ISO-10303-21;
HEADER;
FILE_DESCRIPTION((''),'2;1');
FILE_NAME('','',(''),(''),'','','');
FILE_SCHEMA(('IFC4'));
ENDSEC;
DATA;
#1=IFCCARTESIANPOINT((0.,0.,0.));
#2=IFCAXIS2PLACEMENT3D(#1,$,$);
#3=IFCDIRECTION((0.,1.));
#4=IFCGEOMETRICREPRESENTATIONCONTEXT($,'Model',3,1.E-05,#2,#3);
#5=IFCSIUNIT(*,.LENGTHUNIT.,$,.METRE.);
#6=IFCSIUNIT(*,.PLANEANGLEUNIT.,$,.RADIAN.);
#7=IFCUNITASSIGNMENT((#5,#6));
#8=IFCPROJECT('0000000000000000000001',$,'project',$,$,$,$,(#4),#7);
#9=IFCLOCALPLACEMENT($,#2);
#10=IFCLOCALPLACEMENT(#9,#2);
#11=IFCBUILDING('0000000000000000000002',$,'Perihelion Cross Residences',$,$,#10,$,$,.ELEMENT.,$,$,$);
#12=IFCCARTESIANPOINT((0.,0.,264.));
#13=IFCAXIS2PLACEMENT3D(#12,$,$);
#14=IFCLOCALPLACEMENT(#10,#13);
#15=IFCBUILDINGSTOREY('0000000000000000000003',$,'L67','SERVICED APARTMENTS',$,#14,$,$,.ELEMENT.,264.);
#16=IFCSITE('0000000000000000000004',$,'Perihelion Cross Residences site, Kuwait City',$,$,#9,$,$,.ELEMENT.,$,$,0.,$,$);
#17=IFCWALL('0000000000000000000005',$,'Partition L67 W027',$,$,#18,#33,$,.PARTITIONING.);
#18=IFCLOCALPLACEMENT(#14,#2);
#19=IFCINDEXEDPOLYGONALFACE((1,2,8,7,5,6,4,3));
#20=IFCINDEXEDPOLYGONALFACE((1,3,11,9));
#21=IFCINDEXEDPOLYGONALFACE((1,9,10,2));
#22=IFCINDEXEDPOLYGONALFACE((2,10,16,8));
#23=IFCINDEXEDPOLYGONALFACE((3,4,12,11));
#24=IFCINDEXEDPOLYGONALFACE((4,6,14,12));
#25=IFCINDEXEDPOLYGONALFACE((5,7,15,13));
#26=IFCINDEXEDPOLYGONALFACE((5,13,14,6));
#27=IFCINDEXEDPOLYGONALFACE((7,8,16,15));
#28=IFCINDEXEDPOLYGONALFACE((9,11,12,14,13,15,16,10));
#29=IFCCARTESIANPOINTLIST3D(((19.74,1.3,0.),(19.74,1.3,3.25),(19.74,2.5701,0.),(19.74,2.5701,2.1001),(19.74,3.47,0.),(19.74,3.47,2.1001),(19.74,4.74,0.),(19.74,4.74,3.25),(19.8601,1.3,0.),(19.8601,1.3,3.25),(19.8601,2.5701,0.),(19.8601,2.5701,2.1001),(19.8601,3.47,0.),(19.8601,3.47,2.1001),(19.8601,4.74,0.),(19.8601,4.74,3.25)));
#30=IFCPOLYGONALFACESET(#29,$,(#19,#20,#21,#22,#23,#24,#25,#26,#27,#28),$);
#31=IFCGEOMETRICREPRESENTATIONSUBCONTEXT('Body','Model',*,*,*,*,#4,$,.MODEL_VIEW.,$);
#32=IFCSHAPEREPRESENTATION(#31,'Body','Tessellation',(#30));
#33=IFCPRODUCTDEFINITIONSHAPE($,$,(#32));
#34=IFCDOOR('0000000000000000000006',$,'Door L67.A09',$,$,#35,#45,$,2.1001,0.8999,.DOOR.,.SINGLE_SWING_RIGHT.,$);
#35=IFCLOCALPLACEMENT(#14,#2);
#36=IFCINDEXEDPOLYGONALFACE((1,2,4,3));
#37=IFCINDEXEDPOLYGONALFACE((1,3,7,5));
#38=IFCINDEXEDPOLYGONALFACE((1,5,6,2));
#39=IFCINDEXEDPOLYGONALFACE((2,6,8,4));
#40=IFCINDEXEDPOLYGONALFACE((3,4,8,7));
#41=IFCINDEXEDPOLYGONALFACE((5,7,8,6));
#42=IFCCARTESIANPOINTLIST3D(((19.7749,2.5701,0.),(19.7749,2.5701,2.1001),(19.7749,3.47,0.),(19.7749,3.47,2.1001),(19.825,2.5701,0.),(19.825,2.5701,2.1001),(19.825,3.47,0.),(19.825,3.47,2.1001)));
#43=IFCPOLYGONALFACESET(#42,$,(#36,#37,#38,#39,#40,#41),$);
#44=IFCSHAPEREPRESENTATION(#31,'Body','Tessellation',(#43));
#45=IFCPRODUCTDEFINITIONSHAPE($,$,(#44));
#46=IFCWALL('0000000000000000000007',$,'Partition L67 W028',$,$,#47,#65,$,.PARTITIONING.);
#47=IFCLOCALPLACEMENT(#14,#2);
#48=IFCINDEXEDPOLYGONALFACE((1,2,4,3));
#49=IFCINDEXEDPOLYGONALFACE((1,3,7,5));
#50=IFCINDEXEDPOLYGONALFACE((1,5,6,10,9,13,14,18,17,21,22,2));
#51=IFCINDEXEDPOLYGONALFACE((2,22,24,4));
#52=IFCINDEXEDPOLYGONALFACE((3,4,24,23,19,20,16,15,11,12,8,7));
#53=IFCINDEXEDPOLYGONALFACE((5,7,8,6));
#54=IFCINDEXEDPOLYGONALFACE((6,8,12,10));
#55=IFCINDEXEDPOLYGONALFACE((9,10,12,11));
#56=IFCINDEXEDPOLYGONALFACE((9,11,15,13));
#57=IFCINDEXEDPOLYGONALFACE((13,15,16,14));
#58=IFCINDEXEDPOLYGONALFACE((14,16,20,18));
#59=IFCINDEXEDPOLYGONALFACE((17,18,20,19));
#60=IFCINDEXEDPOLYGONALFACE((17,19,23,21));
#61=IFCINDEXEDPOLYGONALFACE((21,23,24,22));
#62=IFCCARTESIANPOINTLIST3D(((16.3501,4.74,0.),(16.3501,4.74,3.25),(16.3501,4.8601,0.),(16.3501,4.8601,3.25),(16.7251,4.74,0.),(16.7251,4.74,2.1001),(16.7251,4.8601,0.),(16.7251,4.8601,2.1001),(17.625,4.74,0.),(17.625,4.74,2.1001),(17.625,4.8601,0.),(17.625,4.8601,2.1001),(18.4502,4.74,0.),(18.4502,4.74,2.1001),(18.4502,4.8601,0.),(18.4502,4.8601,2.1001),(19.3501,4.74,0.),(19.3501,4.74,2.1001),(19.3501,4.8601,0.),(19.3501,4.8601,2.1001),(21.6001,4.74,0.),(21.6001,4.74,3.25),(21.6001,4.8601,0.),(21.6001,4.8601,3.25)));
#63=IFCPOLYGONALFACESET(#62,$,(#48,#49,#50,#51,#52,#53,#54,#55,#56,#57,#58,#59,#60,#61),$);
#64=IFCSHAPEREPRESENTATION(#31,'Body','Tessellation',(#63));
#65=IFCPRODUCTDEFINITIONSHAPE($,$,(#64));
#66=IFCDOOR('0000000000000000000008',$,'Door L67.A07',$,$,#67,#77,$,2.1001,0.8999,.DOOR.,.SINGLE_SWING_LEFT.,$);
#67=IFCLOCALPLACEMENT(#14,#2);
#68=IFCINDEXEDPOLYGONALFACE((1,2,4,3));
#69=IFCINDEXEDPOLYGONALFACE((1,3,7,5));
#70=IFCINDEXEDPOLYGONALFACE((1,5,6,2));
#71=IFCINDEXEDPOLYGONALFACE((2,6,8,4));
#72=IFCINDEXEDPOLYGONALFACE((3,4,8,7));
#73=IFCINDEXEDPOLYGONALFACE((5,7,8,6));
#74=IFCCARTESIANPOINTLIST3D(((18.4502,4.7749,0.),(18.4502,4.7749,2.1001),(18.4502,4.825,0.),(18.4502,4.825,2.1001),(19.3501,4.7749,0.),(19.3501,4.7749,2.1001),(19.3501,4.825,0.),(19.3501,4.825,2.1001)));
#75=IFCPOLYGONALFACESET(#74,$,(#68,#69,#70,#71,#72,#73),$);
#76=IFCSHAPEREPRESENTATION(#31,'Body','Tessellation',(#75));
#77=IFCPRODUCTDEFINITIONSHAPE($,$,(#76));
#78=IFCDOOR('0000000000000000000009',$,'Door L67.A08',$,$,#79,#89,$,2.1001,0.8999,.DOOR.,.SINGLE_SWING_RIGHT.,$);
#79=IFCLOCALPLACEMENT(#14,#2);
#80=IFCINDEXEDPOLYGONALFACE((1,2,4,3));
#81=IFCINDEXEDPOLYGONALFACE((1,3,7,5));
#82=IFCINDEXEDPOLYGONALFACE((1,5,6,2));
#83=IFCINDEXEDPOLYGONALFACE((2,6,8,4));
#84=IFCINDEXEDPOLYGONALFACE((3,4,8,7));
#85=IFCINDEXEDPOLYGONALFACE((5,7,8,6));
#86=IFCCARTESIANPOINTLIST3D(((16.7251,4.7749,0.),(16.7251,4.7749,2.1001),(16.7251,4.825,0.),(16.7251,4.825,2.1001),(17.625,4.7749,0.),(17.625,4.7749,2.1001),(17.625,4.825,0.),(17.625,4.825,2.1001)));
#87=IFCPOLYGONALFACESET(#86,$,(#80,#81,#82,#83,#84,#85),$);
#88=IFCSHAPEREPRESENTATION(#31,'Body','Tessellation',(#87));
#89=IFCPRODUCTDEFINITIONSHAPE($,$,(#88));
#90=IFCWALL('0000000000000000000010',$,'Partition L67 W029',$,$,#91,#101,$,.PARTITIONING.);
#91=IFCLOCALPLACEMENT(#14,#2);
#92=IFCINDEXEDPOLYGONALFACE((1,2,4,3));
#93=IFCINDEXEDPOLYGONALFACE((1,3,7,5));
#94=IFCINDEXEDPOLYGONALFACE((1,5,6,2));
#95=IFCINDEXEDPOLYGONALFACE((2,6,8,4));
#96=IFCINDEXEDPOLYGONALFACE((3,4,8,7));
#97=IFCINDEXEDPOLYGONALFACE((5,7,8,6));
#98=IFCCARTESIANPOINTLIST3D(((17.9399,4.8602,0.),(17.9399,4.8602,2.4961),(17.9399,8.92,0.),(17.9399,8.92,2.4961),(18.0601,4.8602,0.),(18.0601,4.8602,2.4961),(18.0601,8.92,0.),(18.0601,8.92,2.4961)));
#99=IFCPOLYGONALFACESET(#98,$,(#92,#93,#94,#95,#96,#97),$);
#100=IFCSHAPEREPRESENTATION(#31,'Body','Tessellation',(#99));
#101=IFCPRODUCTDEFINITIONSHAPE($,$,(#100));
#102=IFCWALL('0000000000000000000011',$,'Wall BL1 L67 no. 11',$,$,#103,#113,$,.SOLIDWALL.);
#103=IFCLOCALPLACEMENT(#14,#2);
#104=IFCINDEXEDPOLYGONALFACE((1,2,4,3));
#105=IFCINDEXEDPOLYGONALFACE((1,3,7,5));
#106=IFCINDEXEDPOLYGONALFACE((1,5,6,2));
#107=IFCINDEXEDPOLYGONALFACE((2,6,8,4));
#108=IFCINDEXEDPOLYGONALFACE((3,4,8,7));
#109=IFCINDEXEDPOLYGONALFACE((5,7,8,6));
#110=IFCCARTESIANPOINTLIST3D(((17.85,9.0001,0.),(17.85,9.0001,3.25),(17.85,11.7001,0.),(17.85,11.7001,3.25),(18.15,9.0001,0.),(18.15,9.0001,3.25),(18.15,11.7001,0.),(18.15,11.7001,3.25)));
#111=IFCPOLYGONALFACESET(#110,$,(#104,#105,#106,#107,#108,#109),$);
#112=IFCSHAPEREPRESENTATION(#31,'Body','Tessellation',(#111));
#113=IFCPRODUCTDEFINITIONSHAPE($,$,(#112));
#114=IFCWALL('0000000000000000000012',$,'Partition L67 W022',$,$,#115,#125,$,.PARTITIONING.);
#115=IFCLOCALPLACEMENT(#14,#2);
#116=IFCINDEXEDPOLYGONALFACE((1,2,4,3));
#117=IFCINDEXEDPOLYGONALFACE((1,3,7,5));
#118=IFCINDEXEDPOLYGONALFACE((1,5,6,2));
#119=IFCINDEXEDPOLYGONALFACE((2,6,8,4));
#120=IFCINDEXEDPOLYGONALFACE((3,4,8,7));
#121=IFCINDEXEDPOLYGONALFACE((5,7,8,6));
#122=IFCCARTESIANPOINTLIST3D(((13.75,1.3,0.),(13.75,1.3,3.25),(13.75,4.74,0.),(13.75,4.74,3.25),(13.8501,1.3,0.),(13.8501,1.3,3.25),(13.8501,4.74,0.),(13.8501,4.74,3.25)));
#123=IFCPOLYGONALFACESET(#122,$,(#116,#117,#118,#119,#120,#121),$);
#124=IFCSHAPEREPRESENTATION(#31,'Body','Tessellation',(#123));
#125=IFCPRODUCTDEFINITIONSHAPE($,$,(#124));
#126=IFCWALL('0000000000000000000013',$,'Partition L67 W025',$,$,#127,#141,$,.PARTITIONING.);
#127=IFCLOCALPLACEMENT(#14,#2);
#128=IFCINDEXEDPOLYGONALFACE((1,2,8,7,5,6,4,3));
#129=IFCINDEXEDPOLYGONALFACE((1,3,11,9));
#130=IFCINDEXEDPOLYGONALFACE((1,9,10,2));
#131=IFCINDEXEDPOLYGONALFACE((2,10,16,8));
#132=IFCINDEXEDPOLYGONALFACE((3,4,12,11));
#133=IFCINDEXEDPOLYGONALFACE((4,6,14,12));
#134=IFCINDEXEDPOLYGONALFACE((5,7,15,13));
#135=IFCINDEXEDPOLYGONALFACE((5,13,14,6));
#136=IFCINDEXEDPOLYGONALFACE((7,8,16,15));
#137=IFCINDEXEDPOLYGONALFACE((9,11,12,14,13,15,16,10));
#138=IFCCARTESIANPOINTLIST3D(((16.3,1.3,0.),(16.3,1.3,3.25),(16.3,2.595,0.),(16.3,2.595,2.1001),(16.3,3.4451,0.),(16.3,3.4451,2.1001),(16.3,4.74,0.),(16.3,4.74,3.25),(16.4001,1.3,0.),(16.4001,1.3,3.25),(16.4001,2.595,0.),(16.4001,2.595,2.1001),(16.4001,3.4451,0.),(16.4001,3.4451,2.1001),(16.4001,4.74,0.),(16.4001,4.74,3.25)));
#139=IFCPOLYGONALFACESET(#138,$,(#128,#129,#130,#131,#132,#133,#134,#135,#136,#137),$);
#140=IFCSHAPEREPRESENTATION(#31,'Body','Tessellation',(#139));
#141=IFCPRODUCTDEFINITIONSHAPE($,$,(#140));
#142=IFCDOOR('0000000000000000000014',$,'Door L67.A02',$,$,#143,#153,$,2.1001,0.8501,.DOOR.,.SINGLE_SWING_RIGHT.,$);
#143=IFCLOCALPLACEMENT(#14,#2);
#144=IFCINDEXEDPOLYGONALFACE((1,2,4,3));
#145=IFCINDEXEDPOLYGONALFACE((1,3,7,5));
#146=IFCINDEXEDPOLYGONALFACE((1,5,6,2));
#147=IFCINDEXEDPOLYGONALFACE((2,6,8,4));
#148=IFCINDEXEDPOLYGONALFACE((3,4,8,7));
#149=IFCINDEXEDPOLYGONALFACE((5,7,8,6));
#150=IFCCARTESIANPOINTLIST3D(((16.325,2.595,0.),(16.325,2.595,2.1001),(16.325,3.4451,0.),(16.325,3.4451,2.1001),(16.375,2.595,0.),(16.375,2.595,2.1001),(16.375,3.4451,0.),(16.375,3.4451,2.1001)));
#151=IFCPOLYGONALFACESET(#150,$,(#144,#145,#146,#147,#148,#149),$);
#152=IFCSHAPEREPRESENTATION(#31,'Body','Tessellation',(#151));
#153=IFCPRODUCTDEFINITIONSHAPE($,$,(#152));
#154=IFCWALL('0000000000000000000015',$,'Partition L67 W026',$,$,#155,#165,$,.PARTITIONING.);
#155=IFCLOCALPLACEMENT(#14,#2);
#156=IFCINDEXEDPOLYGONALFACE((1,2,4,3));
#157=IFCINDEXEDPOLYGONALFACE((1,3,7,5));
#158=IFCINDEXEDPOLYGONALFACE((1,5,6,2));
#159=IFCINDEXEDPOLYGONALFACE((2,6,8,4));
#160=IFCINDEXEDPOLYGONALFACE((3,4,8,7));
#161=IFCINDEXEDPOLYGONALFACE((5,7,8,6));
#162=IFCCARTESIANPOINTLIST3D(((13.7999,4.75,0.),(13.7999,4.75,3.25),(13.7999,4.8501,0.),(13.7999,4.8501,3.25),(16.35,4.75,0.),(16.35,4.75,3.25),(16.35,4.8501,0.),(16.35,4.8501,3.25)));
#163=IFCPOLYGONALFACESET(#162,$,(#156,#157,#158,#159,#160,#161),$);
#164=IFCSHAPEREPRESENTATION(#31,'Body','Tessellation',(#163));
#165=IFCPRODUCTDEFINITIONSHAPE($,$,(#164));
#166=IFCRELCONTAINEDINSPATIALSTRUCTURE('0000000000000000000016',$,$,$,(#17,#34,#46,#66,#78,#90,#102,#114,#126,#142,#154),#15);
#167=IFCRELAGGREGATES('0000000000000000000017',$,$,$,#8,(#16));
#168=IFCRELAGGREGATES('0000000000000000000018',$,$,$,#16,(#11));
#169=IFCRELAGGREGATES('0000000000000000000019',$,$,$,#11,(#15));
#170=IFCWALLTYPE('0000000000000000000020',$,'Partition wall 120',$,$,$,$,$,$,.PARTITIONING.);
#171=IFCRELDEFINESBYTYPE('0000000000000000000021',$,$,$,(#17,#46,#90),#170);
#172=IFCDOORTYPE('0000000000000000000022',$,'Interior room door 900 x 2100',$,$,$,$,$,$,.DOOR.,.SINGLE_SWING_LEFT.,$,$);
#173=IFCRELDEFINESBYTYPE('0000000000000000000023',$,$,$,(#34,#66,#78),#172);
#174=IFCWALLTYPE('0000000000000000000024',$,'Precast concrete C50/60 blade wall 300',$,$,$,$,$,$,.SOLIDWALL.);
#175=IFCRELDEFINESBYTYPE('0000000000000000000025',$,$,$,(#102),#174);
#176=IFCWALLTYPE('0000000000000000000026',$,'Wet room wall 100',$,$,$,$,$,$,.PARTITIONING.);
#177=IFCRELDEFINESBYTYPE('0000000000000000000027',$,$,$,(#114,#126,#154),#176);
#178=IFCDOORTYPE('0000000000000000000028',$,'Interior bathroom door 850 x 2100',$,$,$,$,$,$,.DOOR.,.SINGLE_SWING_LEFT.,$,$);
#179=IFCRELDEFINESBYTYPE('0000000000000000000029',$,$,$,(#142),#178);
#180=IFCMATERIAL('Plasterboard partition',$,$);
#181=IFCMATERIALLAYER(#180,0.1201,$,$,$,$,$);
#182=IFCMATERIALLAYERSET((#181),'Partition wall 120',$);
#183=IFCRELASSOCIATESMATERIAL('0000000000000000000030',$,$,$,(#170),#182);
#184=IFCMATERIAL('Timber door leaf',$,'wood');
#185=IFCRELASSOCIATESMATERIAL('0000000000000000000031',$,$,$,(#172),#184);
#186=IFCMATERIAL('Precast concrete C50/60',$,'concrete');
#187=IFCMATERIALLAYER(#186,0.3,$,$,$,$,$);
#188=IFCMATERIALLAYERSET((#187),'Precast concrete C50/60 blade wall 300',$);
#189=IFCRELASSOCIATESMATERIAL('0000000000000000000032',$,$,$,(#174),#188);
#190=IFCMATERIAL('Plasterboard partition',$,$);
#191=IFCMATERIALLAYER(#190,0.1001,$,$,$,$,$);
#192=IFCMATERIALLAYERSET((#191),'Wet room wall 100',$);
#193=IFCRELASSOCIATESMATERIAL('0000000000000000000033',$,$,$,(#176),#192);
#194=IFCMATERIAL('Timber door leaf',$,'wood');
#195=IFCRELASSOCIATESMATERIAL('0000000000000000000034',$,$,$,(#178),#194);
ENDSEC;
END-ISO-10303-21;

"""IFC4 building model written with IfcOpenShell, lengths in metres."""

from ifc_helpers import new_model, si_unit, direction, frame, frame_2d, origin, place, context, subcontext, project, spatial, rectangle, extrude, material, layer, layer_set, type_object, element, fill, save


model = new_model("IFC4")

# Units and contexts
model_context = context("Model", 3, precision=1e-05, world=origin(), true_north=direction((0.0, 1.0)))
body_context = subcontext(model_context, "Body", "Model", "MODEL_VIEW")
ifc_project = project(units=[si_unit("LENGTHUNIT", "METRE"), si_unit("PLANEANGLEUNIT", "RADIAN")], contexts=[model_context])

# Site, building, storey
site_placement = place(None, origin())
site = spatial("IfcSite", under=ifc_project, at=site_placement, Name="Perihelion Cross Residences site, Kuwait City", CompositionType="ELEMENT", RefElevation=0.0)
building_placement = place(site_placement, origin())
building = spatial("IfcBuilding", under=site, at=building_placement, Name="Perihelion Cross Residences", CompositionType="ELEMENT")
storey_placement = place(building_placement, frame((0.0, 0.0, 264.0)))
storey = spatial("IfcBuildingStorey", under=building, at=storey_placement, Name="L67", Description="SERVICED APARTMENTS", CompositionType="ELEMENT", Elevation=264.0)

# Wall, opening, door
ifc_material_1 = material(Name="Plasterboard partition")
ifc_layer_1 = layer(ifc_material_1, 0.1201)
ifc_layer_set_1 = layer_set([ifc_layer_1], Name="Partition wall 120")
wall_type_1 = type_object("IfcWallType", Name="Partition wall 120", PredefinedType="PARTITIONING", material=ifc_layer_set_1)
wall_1_placement = place(storey_placement, frame((19.8, 4.74, 0.0), z_axis=(0.0, 0.0, 1.0), x_axis=(0.0, -1.0, 0.0)))
wall_1 = element("IfcWall", 1, at=wall_1_placement, inside=storey, type_object=wall_type_1, Name="Partition L67 W027", PredefinedType="PARTITIONING", context=body_context, shape_type="SweptSolid", body=[
    extrude(rectangle(XDim=3.4399, YDim=0.1201, at=frame_2d((1.72, 0.0))), origin(), (0.0, 0.0, 1.0), 3.25),
])
opening_1_placement = place(wall_1_placement, frame((1.27, 0.0, 0.0)))
opening_1 = element("IfcOpeningElement", 2, at=opening_1_placement, cuts=wall_1, PredefinedType="OPENING", context=body_context, shape_type="SweptSolid", body=[
    extrude(rectangle(XDim=0.8999, YDim=2.1001, at=frame_2d((0.45, 1.05))), frame((0.0, 0.0701, 0.0), z_axis=(0.0, -1.0, 0.0), x_axis=(1.0, 0.0, 0.0)), (0.0, 0.0, 1.0), 0.1401),
])
ifc_material_2 = material(Name="Timber door leaf", Category="wood")
door_type_1 = type_object("IfcDoorType", Name="Interior room door 900 x 2100", OperationType="SINGLE_SWING_LEFT", PredefinedType="DOOR", material=ifc_material_2)
door_1_placement = place(opening_1_placement, origin())
door_1 = element("IfcDoor", 3, at=door_1_placement, inside=storey, type_object=door_type_1, Name="Door L67.A09", OperationType="SINGLE_SWING_RIGHT", OverallHeight=2.1001, OverallWidth=0.8999, PredefinedType="DOOR", context=body_context, shape_type="SweptSolid", body=[
    extrude(rectangle(XDim=0.8999, YDim=2.1001, at=frame_2d((0.45, 1.05))), frame((0.0, 0.0249, 0.0), z_axis=(0.0, -1.0, 0.0), x_axis=(1.0, 0.0, 0.0)), (0.0, 0.0, 1.0), 0.05),
])
fill(opening_1, door_1)

# Wall, openings, doors
wall_2_placement = place(storey_placement, frame((16.3501, 4.8, 0.0), z_axis=(0.0, 0.0, 1.0), x_axis=(1.0, 0.0, 0.0)))
wall_2 = element("IfcWall", 4, at=wall_2_placement, inside=storey, type_object=wall_type_1, Name="Partition L67 W028", PredefinedType="PARTITIONING", context=body_context, shape_type="SweptSolid", body=[
    extrude(rectangle(XDim=5.25, YDim=0.1201, at=frame_2d((2.625, 0.0))), origin(), (0.0, 0.0, 1.0), 3.25),
])
opening_2_placement = place(wall_2_placement, frame((2.1001, 0.0, 0.0)))
opening_2 = element("IfcOpeningElement", 5, at=opening_2_placement, cuts=wall_2, PredefinedType="OPENING", context=body_context, shape_type="SweptSolid", body=[
    extrude(rectangle(XDim=0.8999, YDim=2.1001, at=frame_2d((0.45, 1.05))), frame((0.0, 0.0701, 0.0), z_axis=(0.0, -1.0, 0.0), x_axis=(1.0, 0.0, 0.0)), (0.0, 0.0, 1.0), 0.1401),
])
opening_3_placement = place(wall_2_placement, frame((0.375, 0.0, 0.0)))
opening_3 = element("IfcOpeningElement", 6, at=opening_3_placement, cuts=wall_2, PredefinedType="OPENING", context=body_context, shape_type="SweptSolid", body=[
    extrude(rectangle(XDim=0.8999, YDim=2.1001, at=frame_2d((0.45, 1.05))), frame((0.0, 0.0701, 0.0), z_axis=(0.0, -1.0, 0.0), x_axis=(1.0, 0.0, 0.0)), (0.0, 0.0, 1.0), 0.1401),
])
door_2_placement = place(opening_2_placement, origin())
door_2 = element("IfcDoor", 7, at=door_2_placement, inside=storey, type_object=door_type_1, Name="Door L67.A07", OperationType="SINGLE_SWING_LEFT", OverallHeight=2.1001, OverallWidth=0.8999, PredefinedType="DOOR", context=body_context, shape_type="SweptSolid", body=[
    extrude(rectangle(XDim=0.8999, YDim=2.1001, at=frame_2d((0.45, 1.05))), frame((0.0, 0.0249, 0.0), z_axis=(0.0, -1.0, 0.0), x_axis=(1.0, 0.0, 0.0)), (0.0, 0.0, 1.0), 0.05),
])
fill(opening_2, door_2)
door_3_placement = place(opening_3_placement, origin())
door_3 = element("IfcDoor", 8, at=door_3_placement, inside=storey, type_object=door_type_1, Name="Door L67.A08", OperationType="SINGLE_SWING_RIGHT", OverallHeight=2.1001, OverallWidth=0.8999, PredefinedType="DOOR", context=body_context, shape_type="SweptSolid", body=[
    extrude(rectangle(XDim=0.8999, YDim=2.1001, at=frame_2d((0.45, 1.05))), frame((0.0, 0.0249, 0.0), z_axis=(0.0, -1.0, 0.0), x_axis=(1.0, 0.0, 0.0)), (0.0, 0.0, 1.0), 0.05),
])
fill(opening_3, door_3)

# Walls
wall_3_placement = place(storey_placement, frame((18.0, 8.9199, 0.0), z_axis=(0.0, 0.0, 1.0), x_axis=(0.0, -1.0, 0.0)))
element("IfcWall", 9, at=wall_3_placement, inside=storey, type_object=wall_type_1, Name="Partition L67 W029", PredefinedType="PARTITIONING", context=body_context, shape_type="SweptSolid", body=[
    extrude(rectangle(XDim=4.0598, YDim=0.1201, at=frame_2d((2.0298, 0.0))), origin(), (0.0, 0.0, 1.0), 2.4961),
])
ifc_material_3 = material(Name="Precast concrete C50/60", Category="concrete")
ifc_layer_2 = layer(ifc_material_3, 0.3)
ifc_layer_set_2 = layer_set([ifc_layer_2], Name="Precast concrete C50/60 blade wall 300")
wall_type_2 = type_object("IfcWallType", Name="Precast concrete C50/60 blade wall 300", PredefinedType="SOLIDWALL", material=ifc_layer_set_2)
wall_4_placement = place(storey_placement, frame((18.0, 9.0, 0.0), z_axis=(0.0, 0.0, 1.0), x_axis=(0.0, 1.0, 0.0)))
element("IfcWall", 10, at=wall_4_placement, inside=storey, type_object=wall_type_2, Name="Wall BL1 L67 no. 11", PredefinedType="SOLIDWALL", context=body_context, shape_type="SweptSolid", body=[
    extrude(rectangle(XDim=2.7, YDim=0.3, at=frame_2d((1.3501, 0.0))), origin(), (0.0, 0.0, 1.0), 3.25),
])
ifc_material_4 = material(Name="Plasterboard partition")
ifc_layer_3 = layer(ifc_material_4, 0.1001)
ifc_layer_set_3 = layer_set([ifc_layer_3], Name="Wet room wall 100")
wall_type_3 = type_object("IfcWallType", Name="Wet room wall 100", PredefinedType="PARTITIONING", material=ifc_layer_set_3)
wall_5_placement = place(storey_placement, frame((13.8, 4.74, 0.0), z_axis=(0.0, 0.0, 1.0), x_axis=(0.0, -1.0, 0.0)))
element("IfcWall", 11, at=wall_5_placement, inside=storey, type_object=wall_type_3, Name="Partition L67 W022", PredefinedType="PARTITIONING", context=body_context, shape_type="SweptSolid", body=[
    extrude(rectangle(XDim=3.4399, YDim=0.1001, at=frame_2d((1.72, 0.0))), origin(), (0.0, 0.0, 1.0), 3.25),
])

# Wall, opening, door
wall_6_placement = place(storey_placement, frame((16.3501, 4.74, 0.0), z_axis=(0.0, 0.0, 1.0), x_axis=(0.0, -1.0, 0.0)))
wall_6 = element("IfcWall", 12, at=wall_6_placement, inside=storey, type_object=wall_type_3, Name="Partition L67 W025", PredefinedType="PARTITIONING", context=body_context, shape_type="SweptSolid", body=[
    extrude(rectangle(XDim=3.4399, YDim=0.1001, at=frame_2d((1.72, 0.0))), origin(), (0.0, 0.0, 1.0), 3.25),
])
opening_4_placement = place(wall_6_placement, frame((1.2949, 0.0, 0.0)))
opening_4 = element("IfcOpeningElement", 13, at=opening_4_placement, cuts=wall_6, PredefinedType="OPENING", context=body_context, shape_type="SweptSolid", body=[
    extrude(rectangle(XDim=0.8501, YDim=2.1001, at=frame_2d((0.425, 1.05))), frame((0.0, 0.0601, 0.0), z_axis=(0.0, -1.0, 0.0), x_axis=(1.0, 0.0, 0.0)), (0.0, 0.0, 1.0), 0.1201),
])
ifc_material_5 = material(Name="Timber door leaf", Category="wood")
door_type_2 = type_object("IfcDoorType", Name="Interior bathroom door 850 x 2100", OperationType="SINGLE_SWING_LEFT", PredefinedType="DOOR", material=ifc_material_5)
door_4_placement = place(opening_4_placement, origin())
door_4 = element("IfcDoor", 14, at=door_4_placement, inside=storey, type_object=door_type_2, Name="Door L67.A02", OperationType="SINGLE_SWING_RIGHT", OverallHeight=2.1001, OverallWidth=0.8501, PredefinedType="DOOR", context=body_context, shape_type="SweptSolid", body=[
    extrude(rectangle(XDim=0.8501, YDim=2.1001, at=frame_2d((0.425, 1.05))), frame((0.0, 0.0249, 0.0), z_axis=(0.0, -1.0, 0.0), x_axis=(1.0, 0.0, 0.0)), (0.0, 0.0, 1.0), 0.05),
])
fill(opening_4, door_4)

# Wall
wall_7_placement = place(storey_placement, frame((13.8, 4.8, 0.0), z_axis=(0.0, 0.0, 1.0), x_axis=(1.0, 0.0, 0.0)))
element("IfcWall", 15, at=wall_7_placement, inside=storey, type_object=wall_type_3, Name="Partition L67 W026", PredefinedType="PARTITIONING", context=body_context, shape_type="SweptSolid", body=[
    extrude(rectangle(XDim=2.55, YDim=0.1001, at=frame_2d((1.2749, 0.0))), origin(), (0.0, 0.0, 1.0), 3.25),
])

save(model, "model.ifc")
